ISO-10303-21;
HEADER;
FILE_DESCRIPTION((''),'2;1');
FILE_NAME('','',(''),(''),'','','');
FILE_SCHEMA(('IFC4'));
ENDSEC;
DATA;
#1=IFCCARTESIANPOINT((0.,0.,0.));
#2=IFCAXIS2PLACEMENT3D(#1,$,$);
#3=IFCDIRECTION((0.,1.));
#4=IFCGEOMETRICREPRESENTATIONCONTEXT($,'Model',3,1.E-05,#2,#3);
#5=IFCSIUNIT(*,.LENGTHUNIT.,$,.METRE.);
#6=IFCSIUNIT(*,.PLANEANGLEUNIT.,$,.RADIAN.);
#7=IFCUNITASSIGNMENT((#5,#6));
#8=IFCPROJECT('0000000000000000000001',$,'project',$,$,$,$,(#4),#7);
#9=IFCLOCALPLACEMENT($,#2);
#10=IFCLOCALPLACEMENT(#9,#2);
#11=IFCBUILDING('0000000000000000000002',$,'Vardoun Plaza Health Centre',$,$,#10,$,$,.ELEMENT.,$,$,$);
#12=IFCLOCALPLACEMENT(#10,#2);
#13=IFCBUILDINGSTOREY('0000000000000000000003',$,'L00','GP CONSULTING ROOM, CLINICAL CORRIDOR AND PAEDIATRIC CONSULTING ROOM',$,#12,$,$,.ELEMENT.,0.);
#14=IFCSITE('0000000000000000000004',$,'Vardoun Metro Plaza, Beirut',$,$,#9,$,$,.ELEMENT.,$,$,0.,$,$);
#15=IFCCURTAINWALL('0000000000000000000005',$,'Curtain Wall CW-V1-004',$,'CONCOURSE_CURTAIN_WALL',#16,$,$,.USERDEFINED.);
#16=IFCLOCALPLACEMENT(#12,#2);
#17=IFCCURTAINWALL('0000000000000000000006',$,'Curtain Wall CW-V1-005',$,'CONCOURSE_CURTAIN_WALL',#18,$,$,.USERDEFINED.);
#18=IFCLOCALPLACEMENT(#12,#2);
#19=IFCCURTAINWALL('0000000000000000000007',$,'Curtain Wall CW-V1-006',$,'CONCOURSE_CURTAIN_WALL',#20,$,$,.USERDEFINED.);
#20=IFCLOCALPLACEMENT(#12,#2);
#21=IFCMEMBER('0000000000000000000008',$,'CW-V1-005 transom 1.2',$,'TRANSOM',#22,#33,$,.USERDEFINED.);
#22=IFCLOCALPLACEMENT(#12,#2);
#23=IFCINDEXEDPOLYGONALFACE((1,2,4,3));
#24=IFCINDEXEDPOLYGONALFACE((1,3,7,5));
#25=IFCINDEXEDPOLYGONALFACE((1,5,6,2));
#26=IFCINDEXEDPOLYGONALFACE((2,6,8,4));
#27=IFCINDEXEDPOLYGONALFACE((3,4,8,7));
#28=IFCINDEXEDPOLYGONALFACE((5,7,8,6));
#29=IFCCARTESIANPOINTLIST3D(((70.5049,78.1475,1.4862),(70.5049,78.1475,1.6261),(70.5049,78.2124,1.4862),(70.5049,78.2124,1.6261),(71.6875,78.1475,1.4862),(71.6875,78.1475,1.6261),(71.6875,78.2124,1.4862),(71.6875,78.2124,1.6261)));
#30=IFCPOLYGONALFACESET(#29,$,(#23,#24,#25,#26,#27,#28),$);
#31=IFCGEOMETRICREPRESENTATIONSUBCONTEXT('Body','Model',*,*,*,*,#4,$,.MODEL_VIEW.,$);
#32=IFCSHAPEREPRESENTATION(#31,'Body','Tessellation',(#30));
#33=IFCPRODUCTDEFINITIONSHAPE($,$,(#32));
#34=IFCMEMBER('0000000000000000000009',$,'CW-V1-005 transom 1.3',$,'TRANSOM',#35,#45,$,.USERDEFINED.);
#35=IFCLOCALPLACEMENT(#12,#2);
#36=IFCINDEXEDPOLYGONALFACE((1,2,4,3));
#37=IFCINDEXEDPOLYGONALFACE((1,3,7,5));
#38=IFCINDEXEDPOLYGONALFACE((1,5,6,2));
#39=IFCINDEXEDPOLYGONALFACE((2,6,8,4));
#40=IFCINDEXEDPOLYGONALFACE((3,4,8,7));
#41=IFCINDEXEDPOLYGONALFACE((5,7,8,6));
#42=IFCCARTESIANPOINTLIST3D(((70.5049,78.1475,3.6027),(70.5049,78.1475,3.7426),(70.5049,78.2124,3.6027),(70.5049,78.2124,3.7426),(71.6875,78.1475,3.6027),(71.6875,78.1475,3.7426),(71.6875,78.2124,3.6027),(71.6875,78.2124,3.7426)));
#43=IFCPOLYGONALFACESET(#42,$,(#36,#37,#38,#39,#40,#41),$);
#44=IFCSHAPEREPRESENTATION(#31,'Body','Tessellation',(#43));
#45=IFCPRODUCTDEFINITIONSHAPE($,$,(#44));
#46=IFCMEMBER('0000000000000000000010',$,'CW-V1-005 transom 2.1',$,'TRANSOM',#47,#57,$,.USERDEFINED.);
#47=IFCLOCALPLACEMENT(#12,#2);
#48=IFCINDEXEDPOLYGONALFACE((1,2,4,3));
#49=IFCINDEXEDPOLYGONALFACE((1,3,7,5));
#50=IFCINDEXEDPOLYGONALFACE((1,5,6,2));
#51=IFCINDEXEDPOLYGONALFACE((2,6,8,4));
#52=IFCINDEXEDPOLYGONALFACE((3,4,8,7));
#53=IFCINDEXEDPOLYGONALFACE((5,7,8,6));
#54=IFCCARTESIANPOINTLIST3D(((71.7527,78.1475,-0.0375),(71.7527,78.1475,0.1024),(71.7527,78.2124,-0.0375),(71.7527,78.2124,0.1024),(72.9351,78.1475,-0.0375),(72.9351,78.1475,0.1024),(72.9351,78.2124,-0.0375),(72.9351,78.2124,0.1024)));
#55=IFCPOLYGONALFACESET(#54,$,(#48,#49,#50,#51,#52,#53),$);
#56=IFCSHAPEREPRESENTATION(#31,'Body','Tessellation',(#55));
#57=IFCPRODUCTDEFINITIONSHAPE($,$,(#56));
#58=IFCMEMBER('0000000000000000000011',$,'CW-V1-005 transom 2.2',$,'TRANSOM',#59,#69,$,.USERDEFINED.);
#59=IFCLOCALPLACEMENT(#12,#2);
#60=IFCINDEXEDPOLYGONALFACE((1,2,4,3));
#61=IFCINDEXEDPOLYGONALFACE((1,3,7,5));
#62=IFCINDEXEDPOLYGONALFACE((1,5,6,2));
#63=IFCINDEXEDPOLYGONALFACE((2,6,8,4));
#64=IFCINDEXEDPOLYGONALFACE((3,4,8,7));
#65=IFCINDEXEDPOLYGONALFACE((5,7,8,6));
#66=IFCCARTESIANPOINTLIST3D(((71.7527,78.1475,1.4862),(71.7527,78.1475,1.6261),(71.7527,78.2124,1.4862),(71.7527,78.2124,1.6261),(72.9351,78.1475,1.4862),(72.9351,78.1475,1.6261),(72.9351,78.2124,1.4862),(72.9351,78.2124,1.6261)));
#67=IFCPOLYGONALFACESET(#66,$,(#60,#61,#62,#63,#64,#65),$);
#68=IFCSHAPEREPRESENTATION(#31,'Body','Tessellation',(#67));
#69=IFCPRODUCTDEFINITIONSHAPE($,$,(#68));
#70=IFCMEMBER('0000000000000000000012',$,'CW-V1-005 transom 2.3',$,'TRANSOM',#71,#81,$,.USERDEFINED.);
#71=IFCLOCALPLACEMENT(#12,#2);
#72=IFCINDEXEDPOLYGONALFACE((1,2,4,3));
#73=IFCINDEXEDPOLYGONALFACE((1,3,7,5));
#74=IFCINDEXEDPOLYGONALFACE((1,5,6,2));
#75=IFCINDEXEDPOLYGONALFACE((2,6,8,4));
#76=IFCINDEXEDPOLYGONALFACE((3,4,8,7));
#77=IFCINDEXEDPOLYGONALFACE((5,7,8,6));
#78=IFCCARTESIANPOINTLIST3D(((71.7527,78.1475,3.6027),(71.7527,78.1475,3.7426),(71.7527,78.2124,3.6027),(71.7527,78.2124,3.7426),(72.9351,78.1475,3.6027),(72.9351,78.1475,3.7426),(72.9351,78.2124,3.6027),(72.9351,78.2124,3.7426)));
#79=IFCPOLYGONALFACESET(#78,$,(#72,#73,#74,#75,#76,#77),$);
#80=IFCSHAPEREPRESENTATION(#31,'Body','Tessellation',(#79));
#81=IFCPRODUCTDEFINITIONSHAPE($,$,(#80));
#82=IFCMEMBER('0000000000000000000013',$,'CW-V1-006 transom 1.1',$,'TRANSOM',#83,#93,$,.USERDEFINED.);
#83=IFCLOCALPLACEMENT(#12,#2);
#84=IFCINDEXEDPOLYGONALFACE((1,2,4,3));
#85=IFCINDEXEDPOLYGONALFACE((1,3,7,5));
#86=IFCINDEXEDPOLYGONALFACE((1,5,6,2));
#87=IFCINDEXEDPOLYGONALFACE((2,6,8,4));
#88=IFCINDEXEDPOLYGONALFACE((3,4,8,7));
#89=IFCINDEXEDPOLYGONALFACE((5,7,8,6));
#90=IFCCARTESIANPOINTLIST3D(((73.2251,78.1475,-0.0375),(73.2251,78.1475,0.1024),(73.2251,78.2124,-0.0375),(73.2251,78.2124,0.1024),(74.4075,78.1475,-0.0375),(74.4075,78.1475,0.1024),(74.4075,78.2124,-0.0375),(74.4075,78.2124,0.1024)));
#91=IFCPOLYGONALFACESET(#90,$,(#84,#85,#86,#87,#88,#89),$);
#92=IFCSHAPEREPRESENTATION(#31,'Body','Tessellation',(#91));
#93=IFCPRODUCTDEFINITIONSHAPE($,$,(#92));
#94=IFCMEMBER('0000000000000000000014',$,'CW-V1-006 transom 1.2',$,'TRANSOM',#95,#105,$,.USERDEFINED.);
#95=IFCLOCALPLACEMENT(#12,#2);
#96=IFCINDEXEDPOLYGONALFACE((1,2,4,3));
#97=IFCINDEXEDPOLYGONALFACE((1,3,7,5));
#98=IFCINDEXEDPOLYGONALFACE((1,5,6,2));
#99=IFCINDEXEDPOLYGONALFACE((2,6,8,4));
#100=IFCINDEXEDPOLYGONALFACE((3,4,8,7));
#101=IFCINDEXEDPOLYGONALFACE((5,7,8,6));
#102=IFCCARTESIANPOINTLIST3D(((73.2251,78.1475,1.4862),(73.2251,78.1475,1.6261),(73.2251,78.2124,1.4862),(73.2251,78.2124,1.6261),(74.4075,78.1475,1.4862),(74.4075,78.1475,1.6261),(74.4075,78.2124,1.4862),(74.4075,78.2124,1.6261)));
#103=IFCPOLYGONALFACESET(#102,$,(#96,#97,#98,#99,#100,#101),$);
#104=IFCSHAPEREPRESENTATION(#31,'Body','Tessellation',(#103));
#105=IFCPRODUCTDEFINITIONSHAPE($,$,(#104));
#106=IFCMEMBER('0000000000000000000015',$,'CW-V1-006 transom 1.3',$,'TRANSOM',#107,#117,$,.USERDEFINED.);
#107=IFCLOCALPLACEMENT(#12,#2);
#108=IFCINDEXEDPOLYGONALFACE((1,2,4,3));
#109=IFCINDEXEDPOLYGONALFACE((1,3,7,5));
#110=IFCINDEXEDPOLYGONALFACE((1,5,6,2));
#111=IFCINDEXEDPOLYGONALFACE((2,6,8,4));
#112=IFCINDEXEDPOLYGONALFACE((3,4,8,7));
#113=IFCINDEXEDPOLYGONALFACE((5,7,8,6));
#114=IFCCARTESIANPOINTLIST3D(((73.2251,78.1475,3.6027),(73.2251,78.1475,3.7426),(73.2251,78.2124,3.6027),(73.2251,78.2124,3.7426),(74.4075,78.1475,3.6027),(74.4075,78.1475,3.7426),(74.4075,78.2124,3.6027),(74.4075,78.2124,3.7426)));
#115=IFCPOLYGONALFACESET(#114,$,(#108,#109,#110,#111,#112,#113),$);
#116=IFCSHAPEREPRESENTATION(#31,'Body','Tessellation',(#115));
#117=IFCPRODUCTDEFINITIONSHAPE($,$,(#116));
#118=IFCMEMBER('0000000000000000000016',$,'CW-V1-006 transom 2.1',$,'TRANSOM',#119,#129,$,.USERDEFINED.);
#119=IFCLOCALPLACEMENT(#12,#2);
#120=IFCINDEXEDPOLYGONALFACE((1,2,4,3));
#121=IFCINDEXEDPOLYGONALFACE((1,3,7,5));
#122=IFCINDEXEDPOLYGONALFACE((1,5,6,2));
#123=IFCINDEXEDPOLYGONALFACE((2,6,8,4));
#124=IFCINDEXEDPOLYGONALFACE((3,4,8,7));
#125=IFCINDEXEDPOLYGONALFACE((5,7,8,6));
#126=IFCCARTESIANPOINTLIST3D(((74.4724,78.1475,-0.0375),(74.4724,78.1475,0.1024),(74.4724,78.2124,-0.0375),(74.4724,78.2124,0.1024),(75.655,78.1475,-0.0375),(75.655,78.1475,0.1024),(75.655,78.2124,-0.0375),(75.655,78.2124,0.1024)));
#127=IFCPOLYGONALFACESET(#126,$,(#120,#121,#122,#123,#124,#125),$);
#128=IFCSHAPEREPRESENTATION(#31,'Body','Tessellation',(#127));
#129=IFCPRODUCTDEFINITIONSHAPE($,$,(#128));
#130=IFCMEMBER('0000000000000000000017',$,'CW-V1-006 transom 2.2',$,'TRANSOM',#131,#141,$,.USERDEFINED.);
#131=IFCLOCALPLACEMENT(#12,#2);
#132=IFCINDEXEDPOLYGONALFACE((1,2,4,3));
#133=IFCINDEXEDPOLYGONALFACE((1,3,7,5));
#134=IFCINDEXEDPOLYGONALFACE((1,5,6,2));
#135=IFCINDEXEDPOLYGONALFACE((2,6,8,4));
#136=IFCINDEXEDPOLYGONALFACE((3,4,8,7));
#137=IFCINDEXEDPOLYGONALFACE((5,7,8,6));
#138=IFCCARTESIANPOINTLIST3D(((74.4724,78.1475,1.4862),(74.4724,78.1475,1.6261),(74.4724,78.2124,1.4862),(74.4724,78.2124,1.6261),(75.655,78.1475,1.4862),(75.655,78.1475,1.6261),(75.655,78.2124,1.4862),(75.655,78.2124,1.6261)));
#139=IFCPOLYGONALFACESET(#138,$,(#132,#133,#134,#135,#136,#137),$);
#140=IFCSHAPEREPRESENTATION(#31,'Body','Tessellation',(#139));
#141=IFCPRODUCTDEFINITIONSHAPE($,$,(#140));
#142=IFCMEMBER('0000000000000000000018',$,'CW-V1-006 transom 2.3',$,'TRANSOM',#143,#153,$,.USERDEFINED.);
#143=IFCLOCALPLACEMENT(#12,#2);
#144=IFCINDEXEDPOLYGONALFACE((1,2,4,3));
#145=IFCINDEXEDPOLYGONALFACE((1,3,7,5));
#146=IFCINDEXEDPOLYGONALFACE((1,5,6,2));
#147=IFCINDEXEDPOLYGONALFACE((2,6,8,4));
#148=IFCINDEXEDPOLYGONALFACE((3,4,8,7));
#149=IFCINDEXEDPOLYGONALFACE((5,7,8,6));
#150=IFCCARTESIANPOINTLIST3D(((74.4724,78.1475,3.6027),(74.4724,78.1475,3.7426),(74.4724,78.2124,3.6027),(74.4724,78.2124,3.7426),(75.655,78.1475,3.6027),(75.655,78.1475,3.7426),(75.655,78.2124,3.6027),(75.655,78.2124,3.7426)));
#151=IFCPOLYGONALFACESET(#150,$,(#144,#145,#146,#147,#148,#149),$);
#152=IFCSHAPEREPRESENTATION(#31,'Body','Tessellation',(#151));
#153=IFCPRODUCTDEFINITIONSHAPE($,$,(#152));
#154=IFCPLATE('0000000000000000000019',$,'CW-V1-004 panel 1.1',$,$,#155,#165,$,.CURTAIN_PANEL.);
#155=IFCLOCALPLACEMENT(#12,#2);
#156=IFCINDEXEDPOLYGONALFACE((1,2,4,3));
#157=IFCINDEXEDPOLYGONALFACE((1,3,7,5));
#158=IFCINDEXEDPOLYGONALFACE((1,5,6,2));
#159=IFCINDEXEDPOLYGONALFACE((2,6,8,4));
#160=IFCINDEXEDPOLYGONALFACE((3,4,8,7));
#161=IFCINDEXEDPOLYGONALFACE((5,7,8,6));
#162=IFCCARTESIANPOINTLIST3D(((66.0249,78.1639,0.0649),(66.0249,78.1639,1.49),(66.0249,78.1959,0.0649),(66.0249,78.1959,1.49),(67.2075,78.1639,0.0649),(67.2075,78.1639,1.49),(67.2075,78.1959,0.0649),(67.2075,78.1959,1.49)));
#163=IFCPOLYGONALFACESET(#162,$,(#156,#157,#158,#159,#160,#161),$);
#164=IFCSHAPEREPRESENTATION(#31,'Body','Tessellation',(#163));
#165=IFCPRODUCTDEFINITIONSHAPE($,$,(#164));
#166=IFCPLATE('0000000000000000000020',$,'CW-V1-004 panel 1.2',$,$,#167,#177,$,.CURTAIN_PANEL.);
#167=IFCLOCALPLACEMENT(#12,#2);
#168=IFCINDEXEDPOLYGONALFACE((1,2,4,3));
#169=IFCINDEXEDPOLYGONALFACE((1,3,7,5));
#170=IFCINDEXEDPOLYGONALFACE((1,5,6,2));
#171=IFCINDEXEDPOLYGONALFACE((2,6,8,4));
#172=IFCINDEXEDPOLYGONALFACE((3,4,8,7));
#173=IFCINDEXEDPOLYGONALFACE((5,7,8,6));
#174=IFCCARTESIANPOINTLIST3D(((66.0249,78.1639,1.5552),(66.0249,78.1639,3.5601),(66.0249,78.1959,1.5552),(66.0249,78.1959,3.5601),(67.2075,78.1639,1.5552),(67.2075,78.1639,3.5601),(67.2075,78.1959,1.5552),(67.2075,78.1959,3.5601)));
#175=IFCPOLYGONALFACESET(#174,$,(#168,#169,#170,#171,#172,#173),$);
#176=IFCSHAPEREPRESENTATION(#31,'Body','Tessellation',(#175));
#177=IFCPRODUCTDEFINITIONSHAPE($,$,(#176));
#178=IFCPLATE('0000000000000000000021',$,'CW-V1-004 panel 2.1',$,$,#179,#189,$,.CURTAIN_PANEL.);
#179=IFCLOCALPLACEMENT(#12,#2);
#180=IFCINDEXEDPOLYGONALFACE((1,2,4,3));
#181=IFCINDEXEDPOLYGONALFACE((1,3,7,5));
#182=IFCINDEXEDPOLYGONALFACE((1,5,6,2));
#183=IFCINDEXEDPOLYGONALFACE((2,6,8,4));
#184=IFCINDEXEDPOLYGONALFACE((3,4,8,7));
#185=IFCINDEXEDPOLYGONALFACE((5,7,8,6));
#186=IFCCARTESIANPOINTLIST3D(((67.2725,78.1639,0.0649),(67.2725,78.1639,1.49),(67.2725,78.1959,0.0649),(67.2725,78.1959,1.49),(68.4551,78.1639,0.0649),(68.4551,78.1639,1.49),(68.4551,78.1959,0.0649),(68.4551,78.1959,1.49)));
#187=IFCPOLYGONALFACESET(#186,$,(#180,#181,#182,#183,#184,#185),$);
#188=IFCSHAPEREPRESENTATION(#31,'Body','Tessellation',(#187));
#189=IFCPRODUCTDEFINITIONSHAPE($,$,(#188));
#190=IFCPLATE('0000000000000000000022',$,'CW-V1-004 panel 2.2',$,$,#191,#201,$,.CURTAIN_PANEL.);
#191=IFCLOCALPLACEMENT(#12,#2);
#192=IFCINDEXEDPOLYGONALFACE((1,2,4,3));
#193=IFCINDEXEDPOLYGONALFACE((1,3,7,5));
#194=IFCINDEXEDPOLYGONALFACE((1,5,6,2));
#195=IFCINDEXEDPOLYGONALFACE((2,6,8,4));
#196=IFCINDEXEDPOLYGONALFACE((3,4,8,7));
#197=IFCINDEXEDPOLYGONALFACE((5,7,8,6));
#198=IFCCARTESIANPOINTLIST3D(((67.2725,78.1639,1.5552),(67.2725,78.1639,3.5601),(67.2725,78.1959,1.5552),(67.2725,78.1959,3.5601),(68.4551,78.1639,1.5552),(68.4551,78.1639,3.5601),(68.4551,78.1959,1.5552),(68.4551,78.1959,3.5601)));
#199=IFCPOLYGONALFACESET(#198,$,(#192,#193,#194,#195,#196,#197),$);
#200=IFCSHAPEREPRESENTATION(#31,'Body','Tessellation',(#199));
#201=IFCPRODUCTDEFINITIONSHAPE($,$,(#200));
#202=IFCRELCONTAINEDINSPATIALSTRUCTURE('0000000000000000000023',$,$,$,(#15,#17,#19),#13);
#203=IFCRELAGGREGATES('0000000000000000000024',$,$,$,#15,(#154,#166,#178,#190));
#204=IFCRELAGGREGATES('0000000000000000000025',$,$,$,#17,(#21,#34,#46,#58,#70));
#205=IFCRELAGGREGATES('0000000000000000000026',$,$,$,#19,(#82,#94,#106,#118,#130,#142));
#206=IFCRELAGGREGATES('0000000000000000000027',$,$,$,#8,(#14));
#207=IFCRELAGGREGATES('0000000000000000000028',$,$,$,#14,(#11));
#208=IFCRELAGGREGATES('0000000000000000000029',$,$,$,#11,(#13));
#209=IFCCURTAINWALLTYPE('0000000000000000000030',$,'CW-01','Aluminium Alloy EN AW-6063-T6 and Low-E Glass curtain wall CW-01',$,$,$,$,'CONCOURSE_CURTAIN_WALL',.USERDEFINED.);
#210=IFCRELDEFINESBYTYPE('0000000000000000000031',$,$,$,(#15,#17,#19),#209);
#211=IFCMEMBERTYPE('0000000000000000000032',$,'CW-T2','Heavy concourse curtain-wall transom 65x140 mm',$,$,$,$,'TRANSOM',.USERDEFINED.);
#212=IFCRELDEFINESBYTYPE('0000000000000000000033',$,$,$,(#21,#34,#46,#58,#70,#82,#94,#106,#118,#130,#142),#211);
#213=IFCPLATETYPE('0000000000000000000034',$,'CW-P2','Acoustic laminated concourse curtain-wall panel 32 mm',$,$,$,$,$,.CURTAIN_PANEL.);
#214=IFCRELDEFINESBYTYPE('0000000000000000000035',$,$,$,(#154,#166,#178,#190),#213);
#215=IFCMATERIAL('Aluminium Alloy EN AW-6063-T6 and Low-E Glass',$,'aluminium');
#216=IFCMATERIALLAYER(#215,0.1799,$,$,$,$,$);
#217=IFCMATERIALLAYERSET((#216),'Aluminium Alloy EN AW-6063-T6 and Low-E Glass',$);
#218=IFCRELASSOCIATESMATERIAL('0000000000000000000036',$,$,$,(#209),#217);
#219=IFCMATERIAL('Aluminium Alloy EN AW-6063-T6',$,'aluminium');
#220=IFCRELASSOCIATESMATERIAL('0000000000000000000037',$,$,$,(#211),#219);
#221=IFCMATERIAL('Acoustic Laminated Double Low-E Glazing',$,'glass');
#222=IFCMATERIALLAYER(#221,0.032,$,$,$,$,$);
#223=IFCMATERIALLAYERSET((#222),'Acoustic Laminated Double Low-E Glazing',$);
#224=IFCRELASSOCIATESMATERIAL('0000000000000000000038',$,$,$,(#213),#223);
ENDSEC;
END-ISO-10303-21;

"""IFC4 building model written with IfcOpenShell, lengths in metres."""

from ifc_helpers import new_model, si_unit, direction, frame, origin, origin_2d, place, context, subcontext, project, spatial, rectangle, extrude, material, layer, layer_set, material_profile, profile_set, type_object, element, aggregate, save


model = new_model("IFC4")

# Units and contexts
model_context = context("Model", 3, precision=1e-05, world=origin(), true_north=direction((0.0, 1.0)))
body_context = subcontext(model_context, "Body", "Model", "MODEL_VIEW")
ifc_project = project(units=[si_unit("LENGTHUNIT", "METRE"), si_unit("PLANEANGLEUNIT", "RADIAN")], contexts=[model_context])

# Site, building, storey
site_placement = place(None, origin())
site = spatial("IfcSite", under=ifc_project, at=site_placement, Name="Vardoun Metro Plaza, Beirut", CompositionType="ELEMENT", RefElevation=0.0)
building_placement = place(site_placement, origin())
building = spatial("IfcBuilding", under=site, at=building_placement, Name="Vardoun Plaza Health Centre", CompositionType="ELEMENT")
storey_placement = place(building_placement, origin())
storey = spatial("IfcBuildingStorey", under=building, at=storey_placement, Name="L00", Description="GP CONSULTING ROOM, CLINICAL CORRIDOR AND PAEDIATRIC CONSULTING ROOM", CompositionType="ELEMENT", Elevation=0.0)

# Curtain walls
ifc_material_1 = material(Name="Aluminium Alloy EN AW-6063-T6 and Low-E Glass", Category="aluminium")
ifc_layer_1 = layer(ifc_material_1, 0.1799)
ifc_layer_set_1 = layer_set([ifc_layer_1], Name="Aluminium Alloy EN AW-6063-T6 and Low-E Glass")
curtain_wall_type = type_object("IfcCurtainWallType", Name="CW-01", Description="Aluminium Alloy EN AW-6063-T6 and Low-E Glass curtain wall CW-01", ElementType="CONCOURSE_CURTAIN_WALL", PredefinedType="USERDEFINED", material=ifc_layer_set_1)
curtain_wall_1_placement = place(storey_placement, origin())
curtain_wall_1 = element("IfcCurtainWall", 1, at=curtain_wall_1_placement, inside=storey, type_object=curtain_wall_type, Name="Curtain Wall CW-V1-004", ObjectType="CONCOURSE_CURTAIN_WALL", PredefinedType="USERDEFINED")
curtain_wall_2_placement = place(storey_placement, origin())
curtain_wall_2 = element("IfcCurtainWall", 2, at=curtain_wall_2_placement, inside=storey, type_object=curtain_wall_type, Name="Curtain Wall CW-V1-005", ObjectType="CONCOURSE_CURTAIN_WALL", PredefinedType="USERDEFINED")
curtain_wall_3_placement = place(storey_placement, origin())
curtain_wall_3 = element("IfcCurtainWall", 3, at=curtain_wall_3_placement, inside=storey, type_object=curtain_wall_type, Name="Curtain Wall CW-V1-006", ObjectType="CONCOURSE_CURTAIN_WALL", PredefinedType="USERDEFINED")

# Members
ifc_material_2 = material(Name="Aluminium Alloy EN AW-6063-T6", Category="aluminium")
ifc_material_profile_1 = material_profile(ifc_material_2, rectangle(XDim=0.0649, YDim=0.1399, at=origin_2d()), Name="CWT 65x140")
ifc_profile_set_1 = profile_set([ifc_material_profile_1], Name="Aluminium Alloy EN AW-6063-T6")
member_type_1 = type_object("IfcMemberType", Name="CW-T2", Description="Heavy concourse curtain-wall transom 65x140 mm", ElementType="TRANSOM", PredefinedType="USERDEFINED", material=ifc_profile_set_1)
member_1_placement = place(storey_placement, frame((70.5049, 78.1799, 1.5562), z_axis=(1.0, 0.0, 0.0), x_axis=(0.0, 1.0, 0.0)))
member_1 = element("IfcMember", 4, at=member_1_placement, type_object=member_type_1, Name="CW-V1-005 transom 1.2", ObjectType="TRANSOM", PredefinedType="USERDEFINED", context=body_context, shape_type="SweptSolid", body=[
    extrude(rectangle(XDim=0.0649, YDim=0.1399, at=origin_2d()), origin(), (0.0, 0.0, 1.0), 1.1826),
])
member_2_placement = place(storey_placement, frame((70.5049, 78.1799, 3.6726), z_axis=(1.0, 0.0, 0.0), x_axis=(0.0, 1.0, 0.0)))
member_2 = element("IfcMember", 5, at=member_2_placement, type_object=member_type_1, Name="CW-V1-005 transom 1.3", ObjectType="TRANSOM", PredefinedType="USERDEFINED", context=body_context, shape_type="SweptSolid", body=[
    extrude(rectangle(XDim=0.0649, YDim=0.1399, at=origin_2d()), origin(), (0.0, 0.0, 1.0), 1.1826),
])
member_3_placement = place(storey_placement, frame((71.7527, 78.1799, 0.0325), z_axis=(1.0, 0.0, 0.0), x_axis=(0.0, 1.0, 0.0)))
member_3 = element("IfcMember", 6, at=member_3_placement, type_object=member_type_1, Name="CW-V1-005 transom 2.1", ObjectType="TRANSOM", PredefinedType="USERDEFINED", context=body_context, shape_type="SweptSolid", body=[
    extrude(rectangle(XDim=0.0649, YDim=0.1399, at=origin_2d()), origin(), (0.0, 0.0, 1.0), 1.1824),
])
member_4_placement = place(storey_placement, frame((71.7527, 78.1799, 1.5562), z_axis=(1.0, 0.0, 0.0), x_axis=(0.0, 1.0, 0.0)))
member_4 = element("IfcMember", 7, at=member_4_placement, type_object=member_type_1, Name="CW-V1-005 transom 2.2", ObjectType="TRANSOM", PredefinedType="USERDEFINED", context=body_context, shape_type="SweptSolid", body=[
    extrude(rectangle(XDim=0.0649, YDim=0.1399, at=origin_2d()), origin(), (0.0, 0.0, 1.0), 1.1824),
])
member_5_placement = place(storey_placement, frame((71.7527, 78.1799, 3.6726), z_axis=(1.0, 0.0, 0.0), x_axis=(0.0, 1.0, 0.0)))
member_5 = element("IfcMember", 8, at=member_5_placement, type_object=member_type_1, Name="CW-V1-005 transom 2.3", ObjectType="TRANSOM", PredefinedType="USERDEFINED", context=body_context, shape_type="SweptSolid", body=[
    extrude(rectangle(XDim=0.0649, YDim=0.1399, at=origin_2d()), origin(), (0.0, 0.0, 1.0), 1.1824),
])
member_6_placement = place(storey_placement, frame((73.2251, 78.1799, 0.0325), z_axis=(1.0, 0.0, 0.0), x_axis=(0.0, 1.0, 0.0)))
member_6 = element("IfcMember", 9, at=member_6_placement, type_object=member_type_1, Name="CW-V1-006 transom 1.1", ObjectType="TRANSOM", PredefinedType="USERDEFINED", context=body_context, shape_type="SweptSolid", body=[
    extrude(rectangle(XDim=0.0649, YDim=0.1399, at=origin_2d()), origin(), (0.0, 0.0, 1.0), 1.1824),
])
member_7_placement = place(storey_placement, frame((73.2251, 78.1799, 1.5562), z_axis=(1.0, 0.0, 0.0), x_axis=(0.0, 1.0, 0.0)))
member_7 = element("IfcMember", 10, at=member_7_placement, type_object=member_type_1, Name="CW-V1-006 transom 1.2", ObjectType="TRANSOM", PredefinedType="USERDEFINED", context=body_context, shape_type="SweptSolid", body=[
    extrude(rectangle(XDim=0.0649, YDim=0.1399, at=origin_2d()), origin(), (0.0, 0.0, 1.0), 1.1824),
])
member_8_placement = place(storey_placement, frame((73.2251, 78.1799, 3.6726), z_axis=(1.0, 0.0, 0.0), x_axis=(0.0, 1.0, 0.0)))
member_8 = element("IfcMember", 11, at=member_8_placement, type_object=member_type_1, Name="CW-V1-006 transom 1.3", ObjectType="TRANSOM", PredefinedType="USERDEFINED", context=body_context, shape_type="SweptSolid", body=[
    extrude(rectangle(XDim=0.0649, YDim=0.1399, at=origin_2d()), origin(), (0.0, 0.0, 1.0), 1.1824),
])
member_9_placement = place(storey_placement, frame((74.4724, 78.1799, 0.0325), z_axis=(1.0, 0.0, 0.0), x_axis=(0.0, 1.0, 0.0)))
member_9 = element("IfcMember", 12, at=member_9_placement, type_object=member_type_1, Name="CW-V1-006 transom 2.1", ObjectType="TRANSOM", PredefinedType="USERDEFINED", context=body_context, shape_type="SweptSolid", body=[
    extrude(rectangle(XDim=0.0649, YDim=0.1399, at=origin_2d()), origin(), (0.0, 0.0, 1.0), 1.1826),
])
member_10_placement = place(storey_placement, frame((74.4724, 78.1799, 1.5562), z_axis=(1.0, 0.0, 0.0), x_axis=(0.0, 1.0, 0.0)))
member_10 = element("IfcMember", 13, at=member_10_placement, type_object=member_type_1, Name="CW-V1-006 transom 2.2", ObjectType="TRANSOM", PredefinedType="USERDEFINED", context=body_context, shape_type="SweptSolid", body=[
    extrude(rectangle(XDim=0.0649, YDim=0.1399, at=origin_2d()), origin(), (0.0, 0.0, 1.0), 1.1826),
])
member_11_placement = place(storey_placement, frame((74.4724, 78.1799, 3.6726), z_axis=(1.0, 0.0, 0.0), x_axis=(0.0, 1.0, 0.0)))
member_11 = element("IfcMember", 14, at=member_11_placement, type_object=member_type_1, Name="CW-V1-006 transom 2.3", ObjectType="TRANSOM", PredefinedType="USERDEFINED", context=body_context, shape_type="SweptSolid", body=[
    extrude(rectangle(XDim=0.0649, YDim=0.1399, at=origin_2d()), origin(), (0.0, 0.0, 1.0), 1.1826),
])

# Plates
ifc_material_3 = material(Name="Acoustic Laminated Double Low-E Glazing", Category="glass")
ifc_layer_2 = layer(ifc_material_3, 0.032)
ifc_layer_set_2 = layer_set([ifc_layer_2], Name="Acoustic Laminated Double Low-E Glazing")
plate_type = type_object("IfcPlateType", Name="CW-P2", Description="Acoustic laminated concourse curtain-wall panel 32 mm", PredefinedType="CURTAIN_PANEL", material=ifc_layer_set_2)
plate_1_placement = place(storey_placement, frame((66.6162, 78.1799, 0.0649), z_axis=(0.0, 0.0, 1.0), x_axis=(1.0, 0.0, 0.0)))
plate_1 = element("IfcPlate", 15, at=plate_1_placement, type_object=plate_type, Name="CW-V1-004 panel 1.1", PredefinedType="CURTAIN_PANEL", context=body_context, shape_type="SweptSolid", body=[
    extrude(rectangle(XDim=1.1826, YDim=0.032, at=origin_2d()), origin(), (0.0, 0.0, 1.0), 1.425),
])
plate_2_placement = place(storey_placement, frame((66.6162, 78.1799, 1.5552), z_axis=(0.0, 0.0, 1.0), x_axis=(1.0, 0.0, 0.0)))
plate_2 = element("IfcPlate", 16, at=plate_2_placement, type_object=plate_type, Name="CW-V1-004 panel 1.2", PredefinedType="CURTAIN_PANEL", context=body_context, shape_type="SweptSolid", body=[
    extrude(rectangle(XDim=1.1826, YDim=0.032, at=origin_2d()), origin(), (0.0, 0.0, 1.0), 2.0049),
])
plate_3_placement = place(storey_placement, frame((67.8638, 78.1799, 0.0649), z_axis=(0.0, 0.0, 1.0), x_axis=(1.0, 0.0, 0.0)))
plate_3 = element("IfcPlate", 17, at=plate_3_placement, type_object=plate_type, Name="CW-V1-004 panel 2.1", PredefinedType="CURTAIN_PANEL", context=body_context, shape_type="SweptSolid", body=[
    extrude(rectangle(XDim=1.1826, YDim=0.032, at=origin_2d()), origin(), (0.0, 0.0, 1.0), 1.425),
])
plate_4_placement = place(storey_placement, frame((67.8638, 78.1799, 1.5552), z_axis=(0.0, 0.0, 1.0), x_axis=(1.0, 0.0, 0.0)))
plate_4 = element("IfcPlate", 18, at=plate_4_placement, type_object=plate_type, Name="CW-V1-004 panel 2.2", PredefinedType="CURTAIN_PANEL", context=body_context, shape_type="SweptSolid", body=[
    extrude(rectangle(XDim=1.1826, YDim=0.032, at=origin_2d()), origin(), (0.0, 0.0, 1.0), 2.0049),
])
aggregate(curtain_wall_1, [plate_1, plate_2, plate_3, plate_4])
aggregate(curtain_wall_2, [member_1, member_2, member_3, member_4, member_5])
aggregate(curtain_wall_3, [member_6, member_7, member_8, member_9, member_10, member_11])

save(model, "model.ifc")
